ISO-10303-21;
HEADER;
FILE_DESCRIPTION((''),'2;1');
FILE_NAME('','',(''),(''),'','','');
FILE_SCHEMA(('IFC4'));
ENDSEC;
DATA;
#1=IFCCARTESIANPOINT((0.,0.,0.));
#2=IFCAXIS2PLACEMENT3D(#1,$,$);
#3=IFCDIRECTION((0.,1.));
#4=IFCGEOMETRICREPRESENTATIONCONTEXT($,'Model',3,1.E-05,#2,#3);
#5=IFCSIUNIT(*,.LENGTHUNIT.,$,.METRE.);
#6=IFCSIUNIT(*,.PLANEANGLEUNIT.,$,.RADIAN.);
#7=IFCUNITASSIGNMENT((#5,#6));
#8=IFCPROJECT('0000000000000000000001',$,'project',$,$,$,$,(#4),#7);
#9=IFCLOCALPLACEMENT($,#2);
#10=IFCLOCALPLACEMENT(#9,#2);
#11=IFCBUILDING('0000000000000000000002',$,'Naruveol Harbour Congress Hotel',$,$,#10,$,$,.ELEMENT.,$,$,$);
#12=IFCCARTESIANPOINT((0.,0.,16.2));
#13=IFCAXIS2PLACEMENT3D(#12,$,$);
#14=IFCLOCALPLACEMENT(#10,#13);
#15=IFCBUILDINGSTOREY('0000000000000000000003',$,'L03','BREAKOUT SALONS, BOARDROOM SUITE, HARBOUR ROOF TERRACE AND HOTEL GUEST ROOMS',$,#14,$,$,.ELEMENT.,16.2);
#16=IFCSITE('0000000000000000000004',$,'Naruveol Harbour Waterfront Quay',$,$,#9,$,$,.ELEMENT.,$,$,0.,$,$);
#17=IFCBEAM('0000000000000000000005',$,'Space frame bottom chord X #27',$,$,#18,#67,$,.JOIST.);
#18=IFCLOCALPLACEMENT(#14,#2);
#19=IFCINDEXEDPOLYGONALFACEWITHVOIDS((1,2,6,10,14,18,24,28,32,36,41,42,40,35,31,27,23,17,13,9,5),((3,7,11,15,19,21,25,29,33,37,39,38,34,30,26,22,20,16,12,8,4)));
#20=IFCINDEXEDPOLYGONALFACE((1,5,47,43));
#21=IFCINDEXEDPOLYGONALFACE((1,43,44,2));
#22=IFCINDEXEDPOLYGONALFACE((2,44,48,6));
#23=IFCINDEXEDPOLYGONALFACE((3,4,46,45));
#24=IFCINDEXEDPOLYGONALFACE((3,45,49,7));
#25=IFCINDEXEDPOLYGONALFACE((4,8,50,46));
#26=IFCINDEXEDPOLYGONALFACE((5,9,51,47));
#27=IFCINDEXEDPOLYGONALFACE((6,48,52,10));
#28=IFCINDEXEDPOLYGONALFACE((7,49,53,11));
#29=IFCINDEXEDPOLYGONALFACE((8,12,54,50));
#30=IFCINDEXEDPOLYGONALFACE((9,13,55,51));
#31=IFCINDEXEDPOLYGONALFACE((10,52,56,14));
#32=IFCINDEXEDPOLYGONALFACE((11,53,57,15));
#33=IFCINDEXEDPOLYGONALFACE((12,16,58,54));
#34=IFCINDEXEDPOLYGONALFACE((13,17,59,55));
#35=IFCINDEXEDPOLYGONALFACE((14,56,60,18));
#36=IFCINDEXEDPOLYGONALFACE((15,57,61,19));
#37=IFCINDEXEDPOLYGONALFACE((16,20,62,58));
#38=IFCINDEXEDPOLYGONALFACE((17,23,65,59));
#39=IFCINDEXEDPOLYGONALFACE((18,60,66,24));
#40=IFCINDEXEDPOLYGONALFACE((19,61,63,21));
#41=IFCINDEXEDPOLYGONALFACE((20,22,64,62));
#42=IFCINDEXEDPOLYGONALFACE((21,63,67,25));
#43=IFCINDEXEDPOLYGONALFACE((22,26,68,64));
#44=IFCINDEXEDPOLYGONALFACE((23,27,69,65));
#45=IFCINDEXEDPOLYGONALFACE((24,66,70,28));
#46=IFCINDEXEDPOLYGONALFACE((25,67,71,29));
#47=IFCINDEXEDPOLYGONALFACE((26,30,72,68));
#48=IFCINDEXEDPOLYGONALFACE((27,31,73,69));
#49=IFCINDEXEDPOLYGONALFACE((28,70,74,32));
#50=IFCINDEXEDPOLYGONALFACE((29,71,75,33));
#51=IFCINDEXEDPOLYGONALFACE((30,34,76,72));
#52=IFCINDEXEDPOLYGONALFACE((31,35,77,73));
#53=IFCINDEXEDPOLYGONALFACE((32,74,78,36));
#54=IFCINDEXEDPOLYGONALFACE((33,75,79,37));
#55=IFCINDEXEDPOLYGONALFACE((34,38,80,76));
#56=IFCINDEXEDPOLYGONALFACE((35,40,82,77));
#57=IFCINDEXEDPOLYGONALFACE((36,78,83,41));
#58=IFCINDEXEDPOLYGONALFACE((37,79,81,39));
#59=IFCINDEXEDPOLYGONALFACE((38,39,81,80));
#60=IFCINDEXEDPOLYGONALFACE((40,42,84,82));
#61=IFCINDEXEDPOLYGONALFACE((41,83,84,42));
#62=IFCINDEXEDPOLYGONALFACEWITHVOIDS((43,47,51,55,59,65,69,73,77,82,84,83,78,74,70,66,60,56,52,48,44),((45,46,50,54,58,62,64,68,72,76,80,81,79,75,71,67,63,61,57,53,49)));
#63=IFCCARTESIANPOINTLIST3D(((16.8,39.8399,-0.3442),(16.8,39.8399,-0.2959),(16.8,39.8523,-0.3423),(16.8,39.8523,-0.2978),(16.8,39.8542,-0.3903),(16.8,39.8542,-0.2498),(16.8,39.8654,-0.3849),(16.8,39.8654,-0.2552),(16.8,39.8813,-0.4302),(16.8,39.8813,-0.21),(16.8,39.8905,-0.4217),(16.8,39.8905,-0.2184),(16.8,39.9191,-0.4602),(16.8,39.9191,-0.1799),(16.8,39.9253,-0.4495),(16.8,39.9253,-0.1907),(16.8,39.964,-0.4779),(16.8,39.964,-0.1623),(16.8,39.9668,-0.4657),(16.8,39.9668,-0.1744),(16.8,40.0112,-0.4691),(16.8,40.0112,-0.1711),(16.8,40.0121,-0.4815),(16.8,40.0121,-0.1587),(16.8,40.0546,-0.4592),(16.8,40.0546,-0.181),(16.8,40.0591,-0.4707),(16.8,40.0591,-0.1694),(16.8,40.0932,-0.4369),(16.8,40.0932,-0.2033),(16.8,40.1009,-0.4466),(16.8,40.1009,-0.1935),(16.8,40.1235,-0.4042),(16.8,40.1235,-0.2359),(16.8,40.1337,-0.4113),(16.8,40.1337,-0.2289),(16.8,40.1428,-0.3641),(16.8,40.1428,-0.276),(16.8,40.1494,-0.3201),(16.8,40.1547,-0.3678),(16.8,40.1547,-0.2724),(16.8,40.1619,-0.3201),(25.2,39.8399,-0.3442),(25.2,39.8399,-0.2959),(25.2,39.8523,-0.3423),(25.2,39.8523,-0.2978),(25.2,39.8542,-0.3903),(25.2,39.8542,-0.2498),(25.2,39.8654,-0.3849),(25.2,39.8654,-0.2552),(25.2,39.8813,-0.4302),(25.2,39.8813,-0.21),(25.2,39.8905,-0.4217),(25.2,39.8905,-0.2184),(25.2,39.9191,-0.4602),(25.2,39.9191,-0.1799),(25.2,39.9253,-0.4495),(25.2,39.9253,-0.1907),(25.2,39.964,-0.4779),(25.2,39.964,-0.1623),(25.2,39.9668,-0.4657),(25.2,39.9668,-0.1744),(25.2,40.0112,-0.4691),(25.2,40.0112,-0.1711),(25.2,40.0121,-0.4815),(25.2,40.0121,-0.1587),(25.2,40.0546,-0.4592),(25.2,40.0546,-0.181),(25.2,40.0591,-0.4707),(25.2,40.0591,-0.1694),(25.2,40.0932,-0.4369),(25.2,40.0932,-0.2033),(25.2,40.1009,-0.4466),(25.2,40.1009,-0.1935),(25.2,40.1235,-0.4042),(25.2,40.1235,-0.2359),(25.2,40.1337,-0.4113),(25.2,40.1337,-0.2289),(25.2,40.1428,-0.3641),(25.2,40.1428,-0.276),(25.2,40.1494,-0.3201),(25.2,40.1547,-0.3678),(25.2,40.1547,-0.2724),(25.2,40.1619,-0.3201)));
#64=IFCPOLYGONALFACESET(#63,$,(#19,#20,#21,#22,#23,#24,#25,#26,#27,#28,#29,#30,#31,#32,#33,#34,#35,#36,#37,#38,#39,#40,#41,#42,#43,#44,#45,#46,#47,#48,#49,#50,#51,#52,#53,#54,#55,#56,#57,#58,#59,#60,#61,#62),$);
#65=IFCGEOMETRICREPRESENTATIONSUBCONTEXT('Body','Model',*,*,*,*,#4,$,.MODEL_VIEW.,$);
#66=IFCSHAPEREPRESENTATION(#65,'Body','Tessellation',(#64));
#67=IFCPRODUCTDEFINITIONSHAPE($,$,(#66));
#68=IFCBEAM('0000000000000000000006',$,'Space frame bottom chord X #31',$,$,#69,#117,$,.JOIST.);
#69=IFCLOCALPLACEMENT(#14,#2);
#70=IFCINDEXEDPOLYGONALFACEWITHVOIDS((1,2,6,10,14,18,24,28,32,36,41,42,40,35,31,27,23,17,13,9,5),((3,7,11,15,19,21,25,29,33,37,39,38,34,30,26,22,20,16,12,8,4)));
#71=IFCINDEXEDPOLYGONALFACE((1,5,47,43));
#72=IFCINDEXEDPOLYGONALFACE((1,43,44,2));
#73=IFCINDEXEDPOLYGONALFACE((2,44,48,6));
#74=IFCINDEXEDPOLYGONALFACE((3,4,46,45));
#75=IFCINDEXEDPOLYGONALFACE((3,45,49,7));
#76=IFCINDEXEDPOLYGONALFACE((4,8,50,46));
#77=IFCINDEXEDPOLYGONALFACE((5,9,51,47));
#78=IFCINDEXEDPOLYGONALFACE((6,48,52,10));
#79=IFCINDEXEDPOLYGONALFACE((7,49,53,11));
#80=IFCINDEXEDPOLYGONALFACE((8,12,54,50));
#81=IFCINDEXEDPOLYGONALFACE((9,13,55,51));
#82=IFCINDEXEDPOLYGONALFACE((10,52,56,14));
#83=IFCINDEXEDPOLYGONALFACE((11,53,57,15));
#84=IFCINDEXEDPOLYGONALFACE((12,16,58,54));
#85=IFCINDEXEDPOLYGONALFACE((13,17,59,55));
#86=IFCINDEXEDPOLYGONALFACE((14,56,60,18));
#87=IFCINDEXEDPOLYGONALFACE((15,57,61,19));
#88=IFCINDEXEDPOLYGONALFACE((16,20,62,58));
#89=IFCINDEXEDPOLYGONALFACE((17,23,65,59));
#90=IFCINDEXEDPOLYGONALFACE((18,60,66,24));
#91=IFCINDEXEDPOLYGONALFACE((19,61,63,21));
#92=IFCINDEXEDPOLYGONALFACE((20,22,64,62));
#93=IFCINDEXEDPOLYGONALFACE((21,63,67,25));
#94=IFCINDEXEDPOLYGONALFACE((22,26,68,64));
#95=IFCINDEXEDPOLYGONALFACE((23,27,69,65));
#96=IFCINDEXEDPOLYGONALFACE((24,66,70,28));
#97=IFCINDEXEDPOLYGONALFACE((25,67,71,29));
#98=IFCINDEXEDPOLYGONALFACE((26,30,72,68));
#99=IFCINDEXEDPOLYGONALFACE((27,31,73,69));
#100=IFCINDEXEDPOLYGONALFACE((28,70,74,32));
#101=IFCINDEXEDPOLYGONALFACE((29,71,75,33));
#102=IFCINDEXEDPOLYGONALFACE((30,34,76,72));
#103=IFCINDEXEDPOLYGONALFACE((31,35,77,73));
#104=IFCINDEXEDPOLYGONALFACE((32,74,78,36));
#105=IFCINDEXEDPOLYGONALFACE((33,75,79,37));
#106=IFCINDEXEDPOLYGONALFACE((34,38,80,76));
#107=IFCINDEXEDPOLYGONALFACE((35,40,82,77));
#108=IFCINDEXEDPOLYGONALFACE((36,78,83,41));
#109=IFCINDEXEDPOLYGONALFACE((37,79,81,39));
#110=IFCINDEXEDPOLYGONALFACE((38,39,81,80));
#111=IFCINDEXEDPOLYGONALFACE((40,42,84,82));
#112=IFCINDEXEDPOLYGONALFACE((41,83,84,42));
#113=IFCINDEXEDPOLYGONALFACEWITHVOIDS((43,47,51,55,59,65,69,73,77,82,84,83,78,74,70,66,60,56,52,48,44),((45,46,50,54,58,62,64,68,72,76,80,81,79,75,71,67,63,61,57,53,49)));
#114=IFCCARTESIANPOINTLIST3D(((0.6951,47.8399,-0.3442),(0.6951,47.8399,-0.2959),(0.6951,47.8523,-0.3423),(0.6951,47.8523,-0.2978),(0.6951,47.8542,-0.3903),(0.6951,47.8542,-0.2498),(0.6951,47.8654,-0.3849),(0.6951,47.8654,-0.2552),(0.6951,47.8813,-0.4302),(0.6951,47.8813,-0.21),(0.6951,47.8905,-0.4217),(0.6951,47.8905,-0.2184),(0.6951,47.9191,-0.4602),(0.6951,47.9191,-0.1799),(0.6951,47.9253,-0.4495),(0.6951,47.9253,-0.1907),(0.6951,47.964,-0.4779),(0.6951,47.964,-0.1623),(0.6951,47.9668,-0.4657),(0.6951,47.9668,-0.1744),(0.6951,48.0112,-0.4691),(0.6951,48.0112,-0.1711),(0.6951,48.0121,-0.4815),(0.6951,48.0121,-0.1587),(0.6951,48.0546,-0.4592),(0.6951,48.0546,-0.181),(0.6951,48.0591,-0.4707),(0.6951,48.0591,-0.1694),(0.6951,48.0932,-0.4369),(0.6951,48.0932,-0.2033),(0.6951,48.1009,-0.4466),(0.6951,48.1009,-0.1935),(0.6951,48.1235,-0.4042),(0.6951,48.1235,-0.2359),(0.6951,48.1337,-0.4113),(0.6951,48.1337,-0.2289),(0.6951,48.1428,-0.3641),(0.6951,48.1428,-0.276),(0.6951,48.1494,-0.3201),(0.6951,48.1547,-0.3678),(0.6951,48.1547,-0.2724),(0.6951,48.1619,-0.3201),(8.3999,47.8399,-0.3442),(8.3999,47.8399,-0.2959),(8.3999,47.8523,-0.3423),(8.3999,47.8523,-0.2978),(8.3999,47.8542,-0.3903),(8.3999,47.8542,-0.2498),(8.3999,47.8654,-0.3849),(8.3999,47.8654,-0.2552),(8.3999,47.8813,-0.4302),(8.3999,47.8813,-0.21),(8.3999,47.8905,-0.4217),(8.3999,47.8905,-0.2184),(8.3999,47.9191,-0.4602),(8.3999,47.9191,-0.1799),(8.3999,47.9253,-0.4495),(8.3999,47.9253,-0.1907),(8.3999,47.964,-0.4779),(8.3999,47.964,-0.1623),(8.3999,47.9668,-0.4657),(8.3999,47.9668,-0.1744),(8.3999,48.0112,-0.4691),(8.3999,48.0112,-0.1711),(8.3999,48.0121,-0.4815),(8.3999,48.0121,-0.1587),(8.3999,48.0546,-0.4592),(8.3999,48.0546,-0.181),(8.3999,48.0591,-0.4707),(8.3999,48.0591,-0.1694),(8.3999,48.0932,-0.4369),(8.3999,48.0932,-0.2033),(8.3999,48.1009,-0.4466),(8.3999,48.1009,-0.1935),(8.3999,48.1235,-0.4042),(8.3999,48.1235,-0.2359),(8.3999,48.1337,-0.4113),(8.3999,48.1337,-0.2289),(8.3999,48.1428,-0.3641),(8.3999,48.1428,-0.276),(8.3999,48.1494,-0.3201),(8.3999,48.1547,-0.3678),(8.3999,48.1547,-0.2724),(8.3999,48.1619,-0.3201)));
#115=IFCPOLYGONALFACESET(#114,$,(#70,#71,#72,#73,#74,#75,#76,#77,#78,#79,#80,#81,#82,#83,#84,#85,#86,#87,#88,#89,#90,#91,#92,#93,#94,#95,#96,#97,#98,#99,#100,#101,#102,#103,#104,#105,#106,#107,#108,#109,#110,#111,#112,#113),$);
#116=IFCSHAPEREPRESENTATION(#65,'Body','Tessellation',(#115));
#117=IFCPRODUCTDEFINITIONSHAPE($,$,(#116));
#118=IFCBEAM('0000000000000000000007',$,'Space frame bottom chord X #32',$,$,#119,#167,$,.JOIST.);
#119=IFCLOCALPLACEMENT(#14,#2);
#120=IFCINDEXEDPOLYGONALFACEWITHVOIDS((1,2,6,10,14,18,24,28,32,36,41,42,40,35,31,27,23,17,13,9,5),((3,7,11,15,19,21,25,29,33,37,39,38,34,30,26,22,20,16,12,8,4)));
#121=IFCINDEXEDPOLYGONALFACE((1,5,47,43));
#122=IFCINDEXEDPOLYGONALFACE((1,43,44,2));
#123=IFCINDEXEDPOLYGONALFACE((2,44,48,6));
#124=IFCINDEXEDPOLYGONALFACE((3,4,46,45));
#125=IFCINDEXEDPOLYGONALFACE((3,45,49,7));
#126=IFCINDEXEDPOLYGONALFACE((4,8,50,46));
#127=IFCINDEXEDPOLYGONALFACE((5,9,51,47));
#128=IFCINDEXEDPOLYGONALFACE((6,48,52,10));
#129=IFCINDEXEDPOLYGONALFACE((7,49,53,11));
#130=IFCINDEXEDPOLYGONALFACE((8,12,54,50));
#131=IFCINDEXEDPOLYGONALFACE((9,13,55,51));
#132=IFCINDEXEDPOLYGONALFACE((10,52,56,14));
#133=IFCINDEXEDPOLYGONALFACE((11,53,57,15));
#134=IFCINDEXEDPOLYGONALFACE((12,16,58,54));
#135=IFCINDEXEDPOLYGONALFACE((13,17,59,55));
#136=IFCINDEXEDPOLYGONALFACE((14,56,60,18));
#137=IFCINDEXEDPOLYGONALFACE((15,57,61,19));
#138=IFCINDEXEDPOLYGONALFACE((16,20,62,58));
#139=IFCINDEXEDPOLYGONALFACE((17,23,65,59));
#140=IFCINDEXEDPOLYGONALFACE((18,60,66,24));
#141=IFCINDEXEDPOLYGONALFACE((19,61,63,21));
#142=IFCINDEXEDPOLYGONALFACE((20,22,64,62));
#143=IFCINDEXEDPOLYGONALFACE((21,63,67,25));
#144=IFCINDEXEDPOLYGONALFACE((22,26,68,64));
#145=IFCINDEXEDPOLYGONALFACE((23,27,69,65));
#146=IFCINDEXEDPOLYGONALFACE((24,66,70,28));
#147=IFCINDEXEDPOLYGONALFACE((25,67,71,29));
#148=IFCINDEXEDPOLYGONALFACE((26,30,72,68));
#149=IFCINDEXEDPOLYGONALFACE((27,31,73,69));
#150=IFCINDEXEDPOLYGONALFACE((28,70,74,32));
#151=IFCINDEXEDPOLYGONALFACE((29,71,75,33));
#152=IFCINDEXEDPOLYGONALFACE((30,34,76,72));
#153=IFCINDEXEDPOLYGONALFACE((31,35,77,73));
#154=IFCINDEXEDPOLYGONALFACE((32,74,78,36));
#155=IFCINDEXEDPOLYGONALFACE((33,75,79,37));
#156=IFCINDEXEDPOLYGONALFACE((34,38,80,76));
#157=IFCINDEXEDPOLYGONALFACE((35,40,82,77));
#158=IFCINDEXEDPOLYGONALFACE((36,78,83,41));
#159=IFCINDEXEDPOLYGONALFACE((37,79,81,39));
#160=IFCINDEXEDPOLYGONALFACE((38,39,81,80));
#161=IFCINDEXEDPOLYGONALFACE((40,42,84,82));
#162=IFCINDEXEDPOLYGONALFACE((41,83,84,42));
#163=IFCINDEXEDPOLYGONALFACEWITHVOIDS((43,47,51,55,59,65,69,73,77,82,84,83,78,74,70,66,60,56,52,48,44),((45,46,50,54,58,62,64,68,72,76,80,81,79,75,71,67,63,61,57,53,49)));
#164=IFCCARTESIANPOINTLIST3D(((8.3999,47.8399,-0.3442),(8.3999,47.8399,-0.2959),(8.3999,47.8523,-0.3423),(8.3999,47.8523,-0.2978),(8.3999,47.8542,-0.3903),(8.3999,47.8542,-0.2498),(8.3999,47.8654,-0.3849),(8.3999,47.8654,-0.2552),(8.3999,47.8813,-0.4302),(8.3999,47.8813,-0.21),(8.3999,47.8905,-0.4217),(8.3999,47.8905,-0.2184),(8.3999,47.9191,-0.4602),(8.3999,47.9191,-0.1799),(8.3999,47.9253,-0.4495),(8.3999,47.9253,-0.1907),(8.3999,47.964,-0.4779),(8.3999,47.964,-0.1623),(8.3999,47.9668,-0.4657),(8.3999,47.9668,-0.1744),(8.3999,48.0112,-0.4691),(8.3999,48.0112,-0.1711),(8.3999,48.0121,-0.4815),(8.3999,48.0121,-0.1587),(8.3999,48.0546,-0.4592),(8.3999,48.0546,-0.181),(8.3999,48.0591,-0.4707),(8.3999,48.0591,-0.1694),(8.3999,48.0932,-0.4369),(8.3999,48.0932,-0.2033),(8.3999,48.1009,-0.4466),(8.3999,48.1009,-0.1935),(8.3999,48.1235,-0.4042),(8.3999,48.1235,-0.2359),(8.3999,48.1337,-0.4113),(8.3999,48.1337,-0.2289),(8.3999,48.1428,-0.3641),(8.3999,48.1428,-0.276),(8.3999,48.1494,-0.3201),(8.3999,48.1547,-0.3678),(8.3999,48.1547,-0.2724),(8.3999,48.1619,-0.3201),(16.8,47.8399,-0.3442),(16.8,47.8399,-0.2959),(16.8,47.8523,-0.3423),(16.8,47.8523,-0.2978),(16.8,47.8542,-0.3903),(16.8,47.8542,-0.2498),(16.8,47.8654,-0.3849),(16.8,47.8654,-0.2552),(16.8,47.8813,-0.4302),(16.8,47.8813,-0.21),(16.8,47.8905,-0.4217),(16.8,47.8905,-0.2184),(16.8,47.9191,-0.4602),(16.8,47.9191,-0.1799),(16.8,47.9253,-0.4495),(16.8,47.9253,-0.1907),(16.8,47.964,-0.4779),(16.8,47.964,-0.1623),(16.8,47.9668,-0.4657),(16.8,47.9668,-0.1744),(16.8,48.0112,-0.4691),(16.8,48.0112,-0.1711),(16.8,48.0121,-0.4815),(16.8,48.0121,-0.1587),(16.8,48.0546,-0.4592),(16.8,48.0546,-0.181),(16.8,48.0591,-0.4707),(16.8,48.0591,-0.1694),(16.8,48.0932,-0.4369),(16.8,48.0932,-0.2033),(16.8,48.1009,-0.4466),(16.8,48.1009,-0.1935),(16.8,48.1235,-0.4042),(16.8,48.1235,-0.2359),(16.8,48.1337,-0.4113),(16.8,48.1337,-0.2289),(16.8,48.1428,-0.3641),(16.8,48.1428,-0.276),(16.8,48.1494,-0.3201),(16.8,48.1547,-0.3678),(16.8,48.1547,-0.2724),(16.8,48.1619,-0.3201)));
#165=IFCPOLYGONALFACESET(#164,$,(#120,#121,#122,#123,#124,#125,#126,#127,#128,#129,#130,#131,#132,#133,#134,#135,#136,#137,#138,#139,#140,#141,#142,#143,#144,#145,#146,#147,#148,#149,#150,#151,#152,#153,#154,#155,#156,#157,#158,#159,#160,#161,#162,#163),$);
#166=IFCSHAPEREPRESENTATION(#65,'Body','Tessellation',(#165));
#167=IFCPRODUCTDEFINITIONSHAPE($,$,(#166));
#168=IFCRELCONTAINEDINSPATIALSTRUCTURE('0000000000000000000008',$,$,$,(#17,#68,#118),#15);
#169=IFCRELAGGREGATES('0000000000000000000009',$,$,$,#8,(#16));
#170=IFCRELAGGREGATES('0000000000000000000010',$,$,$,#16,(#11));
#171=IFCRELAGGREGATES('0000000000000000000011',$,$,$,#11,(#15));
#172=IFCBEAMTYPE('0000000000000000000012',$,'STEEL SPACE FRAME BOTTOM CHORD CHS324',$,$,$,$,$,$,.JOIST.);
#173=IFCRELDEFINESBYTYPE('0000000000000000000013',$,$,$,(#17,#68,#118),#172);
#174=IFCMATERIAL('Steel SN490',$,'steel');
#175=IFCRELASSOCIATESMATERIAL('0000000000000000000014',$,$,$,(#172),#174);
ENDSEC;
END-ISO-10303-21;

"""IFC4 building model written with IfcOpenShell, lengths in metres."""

from ifc_helpers import new_model, si_unit, direction, frame, origin, origin_2d, place, context, subcontext, project, spatial, hollow_circle, extrude, material, material_profile, profile_set, type_object, element, save


model = new_model("IFC4")

# Units and contexts
model_context = context("Model", 3, precision=1e-05, world=origin(), true_north=direction((0.0, 1.0)))
body_context = subcontext(model_context, "Body", "Model", "MODEL_VIEW")
ifc_project = project(units=[si_unit("LENGTHUNIT", "METRE"), si_unit("PLANEANGLEUNIT", "RADIAN")], contexts=[model_context])

# Site, building, storey
site_placement = place(None, origin())
site = spatial("IfcSite", under=ifc_project, at=site_placement, Name="Naruveol Harbour Waterfront Quay", CompositionType="ELEMENT", RefElevation=0.0)
building_placement = place(site_placement, origin())
building = spatial("IfcBuilding", under=site, at=building_placement, Name="Naruveol Harbour Congress Hotel", CompositionType="ELEMENT")
storey_placement = place(building_placement, frame((0.0, 0.0, 16.2)))
storey = spatial("IfcBuildingStorey", under=building, at=storey_placement, Name="L03", Description="BREAKOUT SALONS, BOARDROOM SUITE, HARBOUR ROOF TERRACE AND HOTEL GUEST ROOMS", CompositionType="ELEMENT", Elevation=16.2)

# Beams
ifc_material_1 = material(Name="Steel SN490", Category="steel")
ifc_material_profile_1 = material_profile(ifc_material_1, hollow_circle(Radius=0.1619, WallThickness=0.0125, at=origin_2d()), Name="CHS-323.9x12.5")
ifc_profile_set_1 = profile_set([ifc_material_profile_1], Name="Steel SN490")
beam_type_1 = type_object("IfcBeamType", Name="STEEL SPACE FRAME BOTTOM CHORD CHS324", PredefinedType="JOIST", material=ifc_profile_set_1)
beam_1_placement = place(storey_placement, frame((16.8, 40.0, -0.3201), z_axis=(1.0, 0.0, 0.0), x_axis=(0.0, 1.0, 0.0)))
element("IfcBeam", 1, at=beam_1_placement, inside=storey, type_object=beam_type_1, Name="Space frame bottom chord X #27", PredefinedType="JOIST", context=body_context, shape_type="SweptSolid", body=[
    extrude(hollow_circle(Radius=0.1619, WallThickness=0.0125, at=origin_2d()), origin(), (0.0, 0.0, 1.0), 8.3999),
])
beam_2_placement = place(storey_placement, frame((0.6951, 48.0, -0.3201), z_axis=(1.0, 0.0, 0.0), x_axis=(0.0, 1.0, 0.0)))
element("IfcBeam", 2, at=beam_2_placement, inside=storey, type_object=beam_type_1, Name="Space frame bottom chord X #31", PredefinedType="JOIST", context=body_context, shape_type="SweptSolid", body=[
    extrude(hollow_circle(Radius=0.1619, WallThickness=0.0125, at=origin_2d()), origin(), (0.0, 0.0, 1.0), 7.7048),
])
beam_3_placement = place(storey_placement, frame((8.3999, 48.0, -0.3201), z_axis=(1.0, 0.0, 0.0), x_axis=(0.0, 1.0, 0.0)))
element("IfcBeam", 3, at=beam_3_placement, inside=storey, type_object=beam_type_1, Name="Space frame bottom chord X #32", PredefinedType="JOIST", context=body_context, shape_type="SweptSolid", body=[
    extrude(hollow_circle(Radius=0.1619, WallThickness=0.0125, at=origin_2d()), origin(), (0.0, 0.0, 1.0), 8.4001),
])

save(model, "model.ifc")
